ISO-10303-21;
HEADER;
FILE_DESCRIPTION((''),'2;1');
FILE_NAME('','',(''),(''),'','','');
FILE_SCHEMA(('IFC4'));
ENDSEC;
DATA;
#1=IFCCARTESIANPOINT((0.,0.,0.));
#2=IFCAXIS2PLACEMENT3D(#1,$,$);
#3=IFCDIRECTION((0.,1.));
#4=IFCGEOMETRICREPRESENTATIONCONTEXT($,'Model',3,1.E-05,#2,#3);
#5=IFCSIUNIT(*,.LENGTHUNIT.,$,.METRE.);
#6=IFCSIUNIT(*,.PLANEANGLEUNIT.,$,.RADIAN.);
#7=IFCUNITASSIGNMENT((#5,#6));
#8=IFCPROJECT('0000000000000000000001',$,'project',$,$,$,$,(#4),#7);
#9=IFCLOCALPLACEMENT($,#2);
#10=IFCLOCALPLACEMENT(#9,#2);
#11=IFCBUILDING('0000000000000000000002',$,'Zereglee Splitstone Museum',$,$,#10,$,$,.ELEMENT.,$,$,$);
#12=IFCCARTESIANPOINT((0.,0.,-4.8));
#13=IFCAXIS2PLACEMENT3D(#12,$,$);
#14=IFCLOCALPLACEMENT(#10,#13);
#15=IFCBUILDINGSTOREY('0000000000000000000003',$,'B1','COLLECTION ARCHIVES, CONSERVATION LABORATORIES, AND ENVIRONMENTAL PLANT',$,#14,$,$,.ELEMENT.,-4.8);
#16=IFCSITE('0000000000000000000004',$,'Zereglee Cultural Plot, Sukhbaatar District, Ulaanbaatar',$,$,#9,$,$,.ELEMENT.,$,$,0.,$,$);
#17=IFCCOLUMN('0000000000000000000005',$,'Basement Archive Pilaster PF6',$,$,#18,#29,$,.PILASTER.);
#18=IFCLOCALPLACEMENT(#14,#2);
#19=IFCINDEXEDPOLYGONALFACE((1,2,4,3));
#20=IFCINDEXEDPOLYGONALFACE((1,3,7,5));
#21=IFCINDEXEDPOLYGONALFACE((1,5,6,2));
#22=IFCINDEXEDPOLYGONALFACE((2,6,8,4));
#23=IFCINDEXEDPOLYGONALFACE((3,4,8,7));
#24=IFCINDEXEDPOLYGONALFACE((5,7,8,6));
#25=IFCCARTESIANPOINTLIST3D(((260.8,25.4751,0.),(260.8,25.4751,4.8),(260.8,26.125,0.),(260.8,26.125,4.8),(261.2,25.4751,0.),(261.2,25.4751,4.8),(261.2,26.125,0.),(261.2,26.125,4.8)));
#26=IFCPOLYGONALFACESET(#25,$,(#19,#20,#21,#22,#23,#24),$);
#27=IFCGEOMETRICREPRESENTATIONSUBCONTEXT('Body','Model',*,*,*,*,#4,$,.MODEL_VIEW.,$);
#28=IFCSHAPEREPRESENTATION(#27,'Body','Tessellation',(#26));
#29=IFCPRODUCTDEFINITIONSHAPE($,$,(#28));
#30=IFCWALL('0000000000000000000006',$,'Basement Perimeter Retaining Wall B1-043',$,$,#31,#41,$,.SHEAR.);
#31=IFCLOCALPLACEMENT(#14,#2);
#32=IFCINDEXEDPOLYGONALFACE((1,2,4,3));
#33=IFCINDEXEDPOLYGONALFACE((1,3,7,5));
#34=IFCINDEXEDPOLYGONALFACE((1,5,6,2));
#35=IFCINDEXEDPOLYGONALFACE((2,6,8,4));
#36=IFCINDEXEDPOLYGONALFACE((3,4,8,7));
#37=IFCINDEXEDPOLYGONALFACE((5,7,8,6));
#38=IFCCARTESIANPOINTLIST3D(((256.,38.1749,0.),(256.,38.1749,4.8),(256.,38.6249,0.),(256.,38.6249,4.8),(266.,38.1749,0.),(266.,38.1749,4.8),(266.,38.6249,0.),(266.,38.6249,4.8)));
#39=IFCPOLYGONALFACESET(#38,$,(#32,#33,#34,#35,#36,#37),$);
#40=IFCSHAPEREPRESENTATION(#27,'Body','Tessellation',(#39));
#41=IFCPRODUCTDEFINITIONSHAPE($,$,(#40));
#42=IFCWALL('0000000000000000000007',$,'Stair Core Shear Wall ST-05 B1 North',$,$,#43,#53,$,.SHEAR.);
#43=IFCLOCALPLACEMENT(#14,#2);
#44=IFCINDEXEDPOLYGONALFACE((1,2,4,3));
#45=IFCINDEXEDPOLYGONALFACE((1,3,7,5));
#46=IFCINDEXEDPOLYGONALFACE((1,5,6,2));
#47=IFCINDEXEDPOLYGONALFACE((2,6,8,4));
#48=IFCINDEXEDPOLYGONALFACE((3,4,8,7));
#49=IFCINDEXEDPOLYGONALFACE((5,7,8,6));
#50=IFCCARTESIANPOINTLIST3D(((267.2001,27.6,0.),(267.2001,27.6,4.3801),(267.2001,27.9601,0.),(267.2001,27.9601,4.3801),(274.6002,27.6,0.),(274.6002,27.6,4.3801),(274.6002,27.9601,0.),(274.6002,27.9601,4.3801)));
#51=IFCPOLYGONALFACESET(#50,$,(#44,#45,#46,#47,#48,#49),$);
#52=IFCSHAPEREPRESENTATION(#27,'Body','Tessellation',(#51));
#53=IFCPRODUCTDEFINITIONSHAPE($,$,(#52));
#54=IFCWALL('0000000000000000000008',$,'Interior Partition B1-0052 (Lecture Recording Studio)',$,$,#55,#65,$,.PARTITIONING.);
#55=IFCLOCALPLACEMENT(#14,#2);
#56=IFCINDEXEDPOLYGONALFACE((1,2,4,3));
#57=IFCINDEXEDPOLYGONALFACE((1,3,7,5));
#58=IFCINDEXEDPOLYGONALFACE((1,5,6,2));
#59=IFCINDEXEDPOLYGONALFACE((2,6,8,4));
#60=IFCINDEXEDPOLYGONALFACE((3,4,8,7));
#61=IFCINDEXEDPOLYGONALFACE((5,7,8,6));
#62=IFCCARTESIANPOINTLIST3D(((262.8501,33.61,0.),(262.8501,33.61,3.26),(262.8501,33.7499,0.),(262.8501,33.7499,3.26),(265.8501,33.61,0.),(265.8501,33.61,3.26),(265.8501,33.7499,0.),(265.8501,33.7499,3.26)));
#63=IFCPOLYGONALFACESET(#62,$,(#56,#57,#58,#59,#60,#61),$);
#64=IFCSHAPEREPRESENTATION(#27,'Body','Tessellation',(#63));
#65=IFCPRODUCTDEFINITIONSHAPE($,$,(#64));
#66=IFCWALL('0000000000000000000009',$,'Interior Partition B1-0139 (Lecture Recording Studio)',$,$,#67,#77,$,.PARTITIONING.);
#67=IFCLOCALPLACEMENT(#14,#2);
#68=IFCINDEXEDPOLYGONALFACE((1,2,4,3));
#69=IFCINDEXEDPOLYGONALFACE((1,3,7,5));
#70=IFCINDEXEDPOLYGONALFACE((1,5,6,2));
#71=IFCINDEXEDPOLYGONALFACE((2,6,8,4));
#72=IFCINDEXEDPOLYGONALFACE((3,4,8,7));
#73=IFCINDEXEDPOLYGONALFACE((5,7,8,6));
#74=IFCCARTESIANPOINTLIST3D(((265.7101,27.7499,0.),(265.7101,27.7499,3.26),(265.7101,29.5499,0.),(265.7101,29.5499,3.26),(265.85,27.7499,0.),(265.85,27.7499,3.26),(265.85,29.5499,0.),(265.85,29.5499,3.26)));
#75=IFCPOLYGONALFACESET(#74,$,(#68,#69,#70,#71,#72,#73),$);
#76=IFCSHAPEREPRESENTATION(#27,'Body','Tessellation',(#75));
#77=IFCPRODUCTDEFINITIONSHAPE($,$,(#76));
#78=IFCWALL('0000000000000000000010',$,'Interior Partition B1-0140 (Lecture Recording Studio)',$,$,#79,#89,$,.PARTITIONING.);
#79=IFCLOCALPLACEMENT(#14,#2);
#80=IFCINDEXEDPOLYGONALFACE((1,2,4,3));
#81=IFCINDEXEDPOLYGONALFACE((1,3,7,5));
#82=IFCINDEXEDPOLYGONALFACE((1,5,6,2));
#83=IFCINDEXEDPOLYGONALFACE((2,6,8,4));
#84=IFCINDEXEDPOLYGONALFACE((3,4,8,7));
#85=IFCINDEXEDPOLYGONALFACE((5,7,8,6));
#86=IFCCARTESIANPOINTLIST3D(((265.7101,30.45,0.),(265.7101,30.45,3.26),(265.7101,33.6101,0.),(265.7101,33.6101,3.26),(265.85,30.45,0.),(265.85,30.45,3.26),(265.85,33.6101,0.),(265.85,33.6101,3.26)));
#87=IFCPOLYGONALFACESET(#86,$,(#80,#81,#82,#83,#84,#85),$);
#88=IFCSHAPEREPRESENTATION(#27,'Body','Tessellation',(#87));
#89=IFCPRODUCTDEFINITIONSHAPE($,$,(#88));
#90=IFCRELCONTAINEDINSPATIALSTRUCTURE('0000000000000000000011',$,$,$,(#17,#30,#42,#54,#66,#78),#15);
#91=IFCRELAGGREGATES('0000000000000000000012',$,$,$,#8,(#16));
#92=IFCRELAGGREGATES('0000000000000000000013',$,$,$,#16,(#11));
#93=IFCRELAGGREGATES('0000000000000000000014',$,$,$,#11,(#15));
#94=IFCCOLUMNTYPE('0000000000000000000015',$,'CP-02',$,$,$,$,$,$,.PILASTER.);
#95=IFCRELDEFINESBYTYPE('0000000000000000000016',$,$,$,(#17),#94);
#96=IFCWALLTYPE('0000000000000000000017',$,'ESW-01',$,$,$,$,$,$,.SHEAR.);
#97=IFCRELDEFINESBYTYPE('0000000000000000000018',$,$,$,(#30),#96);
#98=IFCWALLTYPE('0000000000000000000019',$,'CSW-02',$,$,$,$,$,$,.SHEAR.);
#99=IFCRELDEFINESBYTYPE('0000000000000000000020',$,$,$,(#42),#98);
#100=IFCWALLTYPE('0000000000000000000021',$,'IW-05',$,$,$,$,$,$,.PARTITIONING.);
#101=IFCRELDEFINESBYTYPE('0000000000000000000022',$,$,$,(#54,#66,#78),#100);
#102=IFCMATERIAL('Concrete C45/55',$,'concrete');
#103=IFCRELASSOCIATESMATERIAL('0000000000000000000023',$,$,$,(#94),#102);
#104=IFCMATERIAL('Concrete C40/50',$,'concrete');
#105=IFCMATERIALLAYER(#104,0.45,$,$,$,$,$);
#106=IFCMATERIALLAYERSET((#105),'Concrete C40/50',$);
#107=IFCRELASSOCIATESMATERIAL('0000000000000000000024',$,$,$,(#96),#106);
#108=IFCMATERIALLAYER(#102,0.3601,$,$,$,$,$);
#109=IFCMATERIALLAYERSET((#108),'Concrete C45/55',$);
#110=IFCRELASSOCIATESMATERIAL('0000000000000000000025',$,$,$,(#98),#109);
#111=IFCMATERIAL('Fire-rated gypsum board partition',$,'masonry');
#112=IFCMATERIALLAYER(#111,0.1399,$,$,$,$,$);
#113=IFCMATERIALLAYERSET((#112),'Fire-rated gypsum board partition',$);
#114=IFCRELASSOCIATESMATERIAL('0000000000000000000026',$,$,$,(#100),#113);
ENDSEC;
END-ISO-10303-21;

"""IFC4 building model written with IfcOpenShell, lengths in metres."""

from ifc_helpers import new_model, si_unit, direction, frame, frame_2d, origin, origin_2d, place, context, subcontext, project, spatial, rectangle, extrude, material, layer, layer_set, material_profile, profile_set, type_object, element, save


model = new_model("IFC4")

# Units and contexts
model_context = context("Model", 3, precision=1e-05, world=origin(), true_north=direction((0.0, 1.0)))
body_context = subcontext(model_context, "Body", "Model", "MODEL_VIEW")
ifc_project = project(units=[si_unit("LENGTHUNIT", "METRE"), si_unit("PLANEANGLEUNIT", "RADIAN")], contexts=[model_context])

# Site, building, storey
site_placement = place(None, origin())
site = spatial("IfcSite", under=ifc_project, at=site_placement, Name="Zereglee Cultural Plot, Sukhbaatar District, Ulaanbaatar", CompositionType="ELEMENT", RefElevation=0.0)
building_placement = place(site_placement, origin())
building = spatial("IfcBuilding", under=site, at=building_placement, Name="Zereglee Splitstone Museum", CompositionType="ELEMENT")
storey_placement = place(building_placement, frame((0.0, 0.0, -4.8)))
storey = spatial("IfcBuildingStorey", under=building, at=storey_placement, Name="B1", Description="COLLECTION ARCHIVES, CONSERVATION LABORATORIES, AND ENVIRONMENTAL PLANT", CompositionType="ELEMENT", Elevation=-4.8)

# Shared definitions
ifc_material_1 = material(Name="Concrete C40/50", Category="concrete")

# Column
ifc_material_2 = material(Name="Concrete C45/55", Category="concrete")
ifc_material_profile_1 = material_profile(ifc_material_2, rectangle(XDim=0.3999, YDim=0.6499, at=origin_2d()), Name="RC 400x650")
ifc_profile_set_1 = profile_set([ifc_material_profile_1], Name="Concrete C45/55")
column_type_1 = type_object("IfcColumnType", Name="CP-02", PredefinedType="PILASTER", material=ifc_profile_set_1)
column_1_placement = place(storey_placement, frame((261.0, 25.8, 0.0), z_axis=(0.0, 0.0, 1.0), x_axis=(1.0, 0.0, 0.0)))
element("IfcColumn", 1, at=column_1_placement, inside=storey, type_object=column_type_1, Name="Basement Archive Pilaster PF6", PredefinedType="PILASTER", context=body_context, shape_type="SweptSolid", body=[
    extrude(rectangle(XDim=0.3999, YDim=0.6499, at=origin_2d()), origin(), (0.0, 0.0, 1.0), 4.8),
])

# Walls
ifc_layer_1 = layer(ifc_material_1, 0.45)
ifc_layer_set_1 = layer_set([ifc_layer_1], Name="Concrete C40/50")
wall_type_1 = type_object("IfcWallType", Name="ESW-01", PredefinedType="SHEAR", material=ifc_layer_set_1)
wall_1_placement = place(storey_placement, frame((266.0, 38.3999, 0.0), z_axis=(0.0, 0.0, 1.0), x_axis=(-1.0, 0.0, 0.0)))
element("IfcWall", 2, at=wall_1_placement, inside=storey, type_object=wall_type_1, Name="Basement Perimeter Retaining Wall B1-043", PredefinedType="SHEAR", context=body_context, shape_type="SweptSolid", body=[
    extrude(rectangle(XDim=10.0, YDim=0.45, at=frame_2d((5.0, 0.0))), origin(), (0.0, 0.0, 1.0), 4.8),
])
ifc_layer_2 = layer(ifc_material_2, 0.3601)
ifc_layer_set_2 = layer_set([ifc_layer_2], Name="Concrete C45/55")
wall_type_2 = type_object("IfcWallType", Name="CSW-02", PredefinedType="SHEAR", material=ifc_layer_set_2)
wall_2_placement = place(storey_placement, frame((267.2, 27.78, 0.0), z_axis=(0.0, 0.0, 1.0), x_axis=(1.0, 0.0, 0.0)))
element("IfcWall", 3, at=wall_2_placement, inside=storey, type_object=wall_type_2, Name="Stair Core Shear Wall ST-05 B1 North", PredefinedType="SHEAR", context=body_context, shape_type="SweptSolid", body=[
    extrude(rectangle(XDim=7.4001, YDim=0.3601, at=frame_2d((3.7002, 0.0))), origin(), (0.0, 0.0, 1.0), 4.3801),
])
ifc_material_3 = material(Name="Fire-rated gypsum board partition", Category="masonry")
ifc_layer_3 = layer(ifc_material_3, 0.1399)
ifc_layer_set_3 = layer_set([ifc_layer_3], Name="Fire-rated gypsum board partition")
wall_type_3 = type_object("IfcWallType", Name="IW-05", PredefinedType="PARTITIONING", material=ifc_layer_set_3)
wall_3_placement = place(storey_placement, frame((262.8501, 33.6799, 0.0), z_axis=(0.0, 0.0, 1.0), x_axis=(1.0, 0.0, 0.0)))
element("IfcWall", 4, at=wall_3_placement, inside=storey, type_object=wall_type_3, Name="Interior Partition B1-0052 (Lecture Recording Studio)", PredefinedType="PARTITIONING", context=body_context, shape_type="SweptSolid", body=[
    extrude(rectangle(XDim=3.0, YDim=0.1399, at=frame_2d((1.5, 0.0))), origin(), (0.0, 0.0, 1.0), 3.26),
])
wall_4_placement = place(storey_placement, frame((265.78, 27.75, 0.0), z_axis=(0.0, 0.0, 1.0), x_axis=(0.0, 1.0, 0.0)))
element("IfcWall", 5, at=wall_4_placement, inside=storey, type_object=wall_type_3, Name="Interior Partition B1-0139 (Lecture Recording Studio)", PredefinedType="PARTITIONING", context=body_context, shape_type="SweptSolid", body=[
    extrude(rectangle(XDim=1.8, YDim=0.1399, at=frame_2d((0.8999, 0.0))), origin(), (0.0, 0.0, 1.0), 3.26),
])
wall_5_placement = place(storey_placement, frame((265.78, 30.45, 0.0), z_axis=(0.0, 0.0, 1.0), x_axis=(0.0, 1.0, 0.0)))
element("IfcWall", 6, at=wall_5_placement, inside=storey, type_object=wall_type_3, Name="Interior Partition B1-0140 (Lecture Recording Studio)", PredefinedType="PARTITIONING", context=body_context, shape_type="SweptSolid", body=[
    extrude(rectangle(XDim=3.1602, YDim=0.1399, at=frame_2d((1.5801, 0.0))), origin(), (0.0, 0.0, 1.0), 3.26),
])

save(model, "model.ifc")
